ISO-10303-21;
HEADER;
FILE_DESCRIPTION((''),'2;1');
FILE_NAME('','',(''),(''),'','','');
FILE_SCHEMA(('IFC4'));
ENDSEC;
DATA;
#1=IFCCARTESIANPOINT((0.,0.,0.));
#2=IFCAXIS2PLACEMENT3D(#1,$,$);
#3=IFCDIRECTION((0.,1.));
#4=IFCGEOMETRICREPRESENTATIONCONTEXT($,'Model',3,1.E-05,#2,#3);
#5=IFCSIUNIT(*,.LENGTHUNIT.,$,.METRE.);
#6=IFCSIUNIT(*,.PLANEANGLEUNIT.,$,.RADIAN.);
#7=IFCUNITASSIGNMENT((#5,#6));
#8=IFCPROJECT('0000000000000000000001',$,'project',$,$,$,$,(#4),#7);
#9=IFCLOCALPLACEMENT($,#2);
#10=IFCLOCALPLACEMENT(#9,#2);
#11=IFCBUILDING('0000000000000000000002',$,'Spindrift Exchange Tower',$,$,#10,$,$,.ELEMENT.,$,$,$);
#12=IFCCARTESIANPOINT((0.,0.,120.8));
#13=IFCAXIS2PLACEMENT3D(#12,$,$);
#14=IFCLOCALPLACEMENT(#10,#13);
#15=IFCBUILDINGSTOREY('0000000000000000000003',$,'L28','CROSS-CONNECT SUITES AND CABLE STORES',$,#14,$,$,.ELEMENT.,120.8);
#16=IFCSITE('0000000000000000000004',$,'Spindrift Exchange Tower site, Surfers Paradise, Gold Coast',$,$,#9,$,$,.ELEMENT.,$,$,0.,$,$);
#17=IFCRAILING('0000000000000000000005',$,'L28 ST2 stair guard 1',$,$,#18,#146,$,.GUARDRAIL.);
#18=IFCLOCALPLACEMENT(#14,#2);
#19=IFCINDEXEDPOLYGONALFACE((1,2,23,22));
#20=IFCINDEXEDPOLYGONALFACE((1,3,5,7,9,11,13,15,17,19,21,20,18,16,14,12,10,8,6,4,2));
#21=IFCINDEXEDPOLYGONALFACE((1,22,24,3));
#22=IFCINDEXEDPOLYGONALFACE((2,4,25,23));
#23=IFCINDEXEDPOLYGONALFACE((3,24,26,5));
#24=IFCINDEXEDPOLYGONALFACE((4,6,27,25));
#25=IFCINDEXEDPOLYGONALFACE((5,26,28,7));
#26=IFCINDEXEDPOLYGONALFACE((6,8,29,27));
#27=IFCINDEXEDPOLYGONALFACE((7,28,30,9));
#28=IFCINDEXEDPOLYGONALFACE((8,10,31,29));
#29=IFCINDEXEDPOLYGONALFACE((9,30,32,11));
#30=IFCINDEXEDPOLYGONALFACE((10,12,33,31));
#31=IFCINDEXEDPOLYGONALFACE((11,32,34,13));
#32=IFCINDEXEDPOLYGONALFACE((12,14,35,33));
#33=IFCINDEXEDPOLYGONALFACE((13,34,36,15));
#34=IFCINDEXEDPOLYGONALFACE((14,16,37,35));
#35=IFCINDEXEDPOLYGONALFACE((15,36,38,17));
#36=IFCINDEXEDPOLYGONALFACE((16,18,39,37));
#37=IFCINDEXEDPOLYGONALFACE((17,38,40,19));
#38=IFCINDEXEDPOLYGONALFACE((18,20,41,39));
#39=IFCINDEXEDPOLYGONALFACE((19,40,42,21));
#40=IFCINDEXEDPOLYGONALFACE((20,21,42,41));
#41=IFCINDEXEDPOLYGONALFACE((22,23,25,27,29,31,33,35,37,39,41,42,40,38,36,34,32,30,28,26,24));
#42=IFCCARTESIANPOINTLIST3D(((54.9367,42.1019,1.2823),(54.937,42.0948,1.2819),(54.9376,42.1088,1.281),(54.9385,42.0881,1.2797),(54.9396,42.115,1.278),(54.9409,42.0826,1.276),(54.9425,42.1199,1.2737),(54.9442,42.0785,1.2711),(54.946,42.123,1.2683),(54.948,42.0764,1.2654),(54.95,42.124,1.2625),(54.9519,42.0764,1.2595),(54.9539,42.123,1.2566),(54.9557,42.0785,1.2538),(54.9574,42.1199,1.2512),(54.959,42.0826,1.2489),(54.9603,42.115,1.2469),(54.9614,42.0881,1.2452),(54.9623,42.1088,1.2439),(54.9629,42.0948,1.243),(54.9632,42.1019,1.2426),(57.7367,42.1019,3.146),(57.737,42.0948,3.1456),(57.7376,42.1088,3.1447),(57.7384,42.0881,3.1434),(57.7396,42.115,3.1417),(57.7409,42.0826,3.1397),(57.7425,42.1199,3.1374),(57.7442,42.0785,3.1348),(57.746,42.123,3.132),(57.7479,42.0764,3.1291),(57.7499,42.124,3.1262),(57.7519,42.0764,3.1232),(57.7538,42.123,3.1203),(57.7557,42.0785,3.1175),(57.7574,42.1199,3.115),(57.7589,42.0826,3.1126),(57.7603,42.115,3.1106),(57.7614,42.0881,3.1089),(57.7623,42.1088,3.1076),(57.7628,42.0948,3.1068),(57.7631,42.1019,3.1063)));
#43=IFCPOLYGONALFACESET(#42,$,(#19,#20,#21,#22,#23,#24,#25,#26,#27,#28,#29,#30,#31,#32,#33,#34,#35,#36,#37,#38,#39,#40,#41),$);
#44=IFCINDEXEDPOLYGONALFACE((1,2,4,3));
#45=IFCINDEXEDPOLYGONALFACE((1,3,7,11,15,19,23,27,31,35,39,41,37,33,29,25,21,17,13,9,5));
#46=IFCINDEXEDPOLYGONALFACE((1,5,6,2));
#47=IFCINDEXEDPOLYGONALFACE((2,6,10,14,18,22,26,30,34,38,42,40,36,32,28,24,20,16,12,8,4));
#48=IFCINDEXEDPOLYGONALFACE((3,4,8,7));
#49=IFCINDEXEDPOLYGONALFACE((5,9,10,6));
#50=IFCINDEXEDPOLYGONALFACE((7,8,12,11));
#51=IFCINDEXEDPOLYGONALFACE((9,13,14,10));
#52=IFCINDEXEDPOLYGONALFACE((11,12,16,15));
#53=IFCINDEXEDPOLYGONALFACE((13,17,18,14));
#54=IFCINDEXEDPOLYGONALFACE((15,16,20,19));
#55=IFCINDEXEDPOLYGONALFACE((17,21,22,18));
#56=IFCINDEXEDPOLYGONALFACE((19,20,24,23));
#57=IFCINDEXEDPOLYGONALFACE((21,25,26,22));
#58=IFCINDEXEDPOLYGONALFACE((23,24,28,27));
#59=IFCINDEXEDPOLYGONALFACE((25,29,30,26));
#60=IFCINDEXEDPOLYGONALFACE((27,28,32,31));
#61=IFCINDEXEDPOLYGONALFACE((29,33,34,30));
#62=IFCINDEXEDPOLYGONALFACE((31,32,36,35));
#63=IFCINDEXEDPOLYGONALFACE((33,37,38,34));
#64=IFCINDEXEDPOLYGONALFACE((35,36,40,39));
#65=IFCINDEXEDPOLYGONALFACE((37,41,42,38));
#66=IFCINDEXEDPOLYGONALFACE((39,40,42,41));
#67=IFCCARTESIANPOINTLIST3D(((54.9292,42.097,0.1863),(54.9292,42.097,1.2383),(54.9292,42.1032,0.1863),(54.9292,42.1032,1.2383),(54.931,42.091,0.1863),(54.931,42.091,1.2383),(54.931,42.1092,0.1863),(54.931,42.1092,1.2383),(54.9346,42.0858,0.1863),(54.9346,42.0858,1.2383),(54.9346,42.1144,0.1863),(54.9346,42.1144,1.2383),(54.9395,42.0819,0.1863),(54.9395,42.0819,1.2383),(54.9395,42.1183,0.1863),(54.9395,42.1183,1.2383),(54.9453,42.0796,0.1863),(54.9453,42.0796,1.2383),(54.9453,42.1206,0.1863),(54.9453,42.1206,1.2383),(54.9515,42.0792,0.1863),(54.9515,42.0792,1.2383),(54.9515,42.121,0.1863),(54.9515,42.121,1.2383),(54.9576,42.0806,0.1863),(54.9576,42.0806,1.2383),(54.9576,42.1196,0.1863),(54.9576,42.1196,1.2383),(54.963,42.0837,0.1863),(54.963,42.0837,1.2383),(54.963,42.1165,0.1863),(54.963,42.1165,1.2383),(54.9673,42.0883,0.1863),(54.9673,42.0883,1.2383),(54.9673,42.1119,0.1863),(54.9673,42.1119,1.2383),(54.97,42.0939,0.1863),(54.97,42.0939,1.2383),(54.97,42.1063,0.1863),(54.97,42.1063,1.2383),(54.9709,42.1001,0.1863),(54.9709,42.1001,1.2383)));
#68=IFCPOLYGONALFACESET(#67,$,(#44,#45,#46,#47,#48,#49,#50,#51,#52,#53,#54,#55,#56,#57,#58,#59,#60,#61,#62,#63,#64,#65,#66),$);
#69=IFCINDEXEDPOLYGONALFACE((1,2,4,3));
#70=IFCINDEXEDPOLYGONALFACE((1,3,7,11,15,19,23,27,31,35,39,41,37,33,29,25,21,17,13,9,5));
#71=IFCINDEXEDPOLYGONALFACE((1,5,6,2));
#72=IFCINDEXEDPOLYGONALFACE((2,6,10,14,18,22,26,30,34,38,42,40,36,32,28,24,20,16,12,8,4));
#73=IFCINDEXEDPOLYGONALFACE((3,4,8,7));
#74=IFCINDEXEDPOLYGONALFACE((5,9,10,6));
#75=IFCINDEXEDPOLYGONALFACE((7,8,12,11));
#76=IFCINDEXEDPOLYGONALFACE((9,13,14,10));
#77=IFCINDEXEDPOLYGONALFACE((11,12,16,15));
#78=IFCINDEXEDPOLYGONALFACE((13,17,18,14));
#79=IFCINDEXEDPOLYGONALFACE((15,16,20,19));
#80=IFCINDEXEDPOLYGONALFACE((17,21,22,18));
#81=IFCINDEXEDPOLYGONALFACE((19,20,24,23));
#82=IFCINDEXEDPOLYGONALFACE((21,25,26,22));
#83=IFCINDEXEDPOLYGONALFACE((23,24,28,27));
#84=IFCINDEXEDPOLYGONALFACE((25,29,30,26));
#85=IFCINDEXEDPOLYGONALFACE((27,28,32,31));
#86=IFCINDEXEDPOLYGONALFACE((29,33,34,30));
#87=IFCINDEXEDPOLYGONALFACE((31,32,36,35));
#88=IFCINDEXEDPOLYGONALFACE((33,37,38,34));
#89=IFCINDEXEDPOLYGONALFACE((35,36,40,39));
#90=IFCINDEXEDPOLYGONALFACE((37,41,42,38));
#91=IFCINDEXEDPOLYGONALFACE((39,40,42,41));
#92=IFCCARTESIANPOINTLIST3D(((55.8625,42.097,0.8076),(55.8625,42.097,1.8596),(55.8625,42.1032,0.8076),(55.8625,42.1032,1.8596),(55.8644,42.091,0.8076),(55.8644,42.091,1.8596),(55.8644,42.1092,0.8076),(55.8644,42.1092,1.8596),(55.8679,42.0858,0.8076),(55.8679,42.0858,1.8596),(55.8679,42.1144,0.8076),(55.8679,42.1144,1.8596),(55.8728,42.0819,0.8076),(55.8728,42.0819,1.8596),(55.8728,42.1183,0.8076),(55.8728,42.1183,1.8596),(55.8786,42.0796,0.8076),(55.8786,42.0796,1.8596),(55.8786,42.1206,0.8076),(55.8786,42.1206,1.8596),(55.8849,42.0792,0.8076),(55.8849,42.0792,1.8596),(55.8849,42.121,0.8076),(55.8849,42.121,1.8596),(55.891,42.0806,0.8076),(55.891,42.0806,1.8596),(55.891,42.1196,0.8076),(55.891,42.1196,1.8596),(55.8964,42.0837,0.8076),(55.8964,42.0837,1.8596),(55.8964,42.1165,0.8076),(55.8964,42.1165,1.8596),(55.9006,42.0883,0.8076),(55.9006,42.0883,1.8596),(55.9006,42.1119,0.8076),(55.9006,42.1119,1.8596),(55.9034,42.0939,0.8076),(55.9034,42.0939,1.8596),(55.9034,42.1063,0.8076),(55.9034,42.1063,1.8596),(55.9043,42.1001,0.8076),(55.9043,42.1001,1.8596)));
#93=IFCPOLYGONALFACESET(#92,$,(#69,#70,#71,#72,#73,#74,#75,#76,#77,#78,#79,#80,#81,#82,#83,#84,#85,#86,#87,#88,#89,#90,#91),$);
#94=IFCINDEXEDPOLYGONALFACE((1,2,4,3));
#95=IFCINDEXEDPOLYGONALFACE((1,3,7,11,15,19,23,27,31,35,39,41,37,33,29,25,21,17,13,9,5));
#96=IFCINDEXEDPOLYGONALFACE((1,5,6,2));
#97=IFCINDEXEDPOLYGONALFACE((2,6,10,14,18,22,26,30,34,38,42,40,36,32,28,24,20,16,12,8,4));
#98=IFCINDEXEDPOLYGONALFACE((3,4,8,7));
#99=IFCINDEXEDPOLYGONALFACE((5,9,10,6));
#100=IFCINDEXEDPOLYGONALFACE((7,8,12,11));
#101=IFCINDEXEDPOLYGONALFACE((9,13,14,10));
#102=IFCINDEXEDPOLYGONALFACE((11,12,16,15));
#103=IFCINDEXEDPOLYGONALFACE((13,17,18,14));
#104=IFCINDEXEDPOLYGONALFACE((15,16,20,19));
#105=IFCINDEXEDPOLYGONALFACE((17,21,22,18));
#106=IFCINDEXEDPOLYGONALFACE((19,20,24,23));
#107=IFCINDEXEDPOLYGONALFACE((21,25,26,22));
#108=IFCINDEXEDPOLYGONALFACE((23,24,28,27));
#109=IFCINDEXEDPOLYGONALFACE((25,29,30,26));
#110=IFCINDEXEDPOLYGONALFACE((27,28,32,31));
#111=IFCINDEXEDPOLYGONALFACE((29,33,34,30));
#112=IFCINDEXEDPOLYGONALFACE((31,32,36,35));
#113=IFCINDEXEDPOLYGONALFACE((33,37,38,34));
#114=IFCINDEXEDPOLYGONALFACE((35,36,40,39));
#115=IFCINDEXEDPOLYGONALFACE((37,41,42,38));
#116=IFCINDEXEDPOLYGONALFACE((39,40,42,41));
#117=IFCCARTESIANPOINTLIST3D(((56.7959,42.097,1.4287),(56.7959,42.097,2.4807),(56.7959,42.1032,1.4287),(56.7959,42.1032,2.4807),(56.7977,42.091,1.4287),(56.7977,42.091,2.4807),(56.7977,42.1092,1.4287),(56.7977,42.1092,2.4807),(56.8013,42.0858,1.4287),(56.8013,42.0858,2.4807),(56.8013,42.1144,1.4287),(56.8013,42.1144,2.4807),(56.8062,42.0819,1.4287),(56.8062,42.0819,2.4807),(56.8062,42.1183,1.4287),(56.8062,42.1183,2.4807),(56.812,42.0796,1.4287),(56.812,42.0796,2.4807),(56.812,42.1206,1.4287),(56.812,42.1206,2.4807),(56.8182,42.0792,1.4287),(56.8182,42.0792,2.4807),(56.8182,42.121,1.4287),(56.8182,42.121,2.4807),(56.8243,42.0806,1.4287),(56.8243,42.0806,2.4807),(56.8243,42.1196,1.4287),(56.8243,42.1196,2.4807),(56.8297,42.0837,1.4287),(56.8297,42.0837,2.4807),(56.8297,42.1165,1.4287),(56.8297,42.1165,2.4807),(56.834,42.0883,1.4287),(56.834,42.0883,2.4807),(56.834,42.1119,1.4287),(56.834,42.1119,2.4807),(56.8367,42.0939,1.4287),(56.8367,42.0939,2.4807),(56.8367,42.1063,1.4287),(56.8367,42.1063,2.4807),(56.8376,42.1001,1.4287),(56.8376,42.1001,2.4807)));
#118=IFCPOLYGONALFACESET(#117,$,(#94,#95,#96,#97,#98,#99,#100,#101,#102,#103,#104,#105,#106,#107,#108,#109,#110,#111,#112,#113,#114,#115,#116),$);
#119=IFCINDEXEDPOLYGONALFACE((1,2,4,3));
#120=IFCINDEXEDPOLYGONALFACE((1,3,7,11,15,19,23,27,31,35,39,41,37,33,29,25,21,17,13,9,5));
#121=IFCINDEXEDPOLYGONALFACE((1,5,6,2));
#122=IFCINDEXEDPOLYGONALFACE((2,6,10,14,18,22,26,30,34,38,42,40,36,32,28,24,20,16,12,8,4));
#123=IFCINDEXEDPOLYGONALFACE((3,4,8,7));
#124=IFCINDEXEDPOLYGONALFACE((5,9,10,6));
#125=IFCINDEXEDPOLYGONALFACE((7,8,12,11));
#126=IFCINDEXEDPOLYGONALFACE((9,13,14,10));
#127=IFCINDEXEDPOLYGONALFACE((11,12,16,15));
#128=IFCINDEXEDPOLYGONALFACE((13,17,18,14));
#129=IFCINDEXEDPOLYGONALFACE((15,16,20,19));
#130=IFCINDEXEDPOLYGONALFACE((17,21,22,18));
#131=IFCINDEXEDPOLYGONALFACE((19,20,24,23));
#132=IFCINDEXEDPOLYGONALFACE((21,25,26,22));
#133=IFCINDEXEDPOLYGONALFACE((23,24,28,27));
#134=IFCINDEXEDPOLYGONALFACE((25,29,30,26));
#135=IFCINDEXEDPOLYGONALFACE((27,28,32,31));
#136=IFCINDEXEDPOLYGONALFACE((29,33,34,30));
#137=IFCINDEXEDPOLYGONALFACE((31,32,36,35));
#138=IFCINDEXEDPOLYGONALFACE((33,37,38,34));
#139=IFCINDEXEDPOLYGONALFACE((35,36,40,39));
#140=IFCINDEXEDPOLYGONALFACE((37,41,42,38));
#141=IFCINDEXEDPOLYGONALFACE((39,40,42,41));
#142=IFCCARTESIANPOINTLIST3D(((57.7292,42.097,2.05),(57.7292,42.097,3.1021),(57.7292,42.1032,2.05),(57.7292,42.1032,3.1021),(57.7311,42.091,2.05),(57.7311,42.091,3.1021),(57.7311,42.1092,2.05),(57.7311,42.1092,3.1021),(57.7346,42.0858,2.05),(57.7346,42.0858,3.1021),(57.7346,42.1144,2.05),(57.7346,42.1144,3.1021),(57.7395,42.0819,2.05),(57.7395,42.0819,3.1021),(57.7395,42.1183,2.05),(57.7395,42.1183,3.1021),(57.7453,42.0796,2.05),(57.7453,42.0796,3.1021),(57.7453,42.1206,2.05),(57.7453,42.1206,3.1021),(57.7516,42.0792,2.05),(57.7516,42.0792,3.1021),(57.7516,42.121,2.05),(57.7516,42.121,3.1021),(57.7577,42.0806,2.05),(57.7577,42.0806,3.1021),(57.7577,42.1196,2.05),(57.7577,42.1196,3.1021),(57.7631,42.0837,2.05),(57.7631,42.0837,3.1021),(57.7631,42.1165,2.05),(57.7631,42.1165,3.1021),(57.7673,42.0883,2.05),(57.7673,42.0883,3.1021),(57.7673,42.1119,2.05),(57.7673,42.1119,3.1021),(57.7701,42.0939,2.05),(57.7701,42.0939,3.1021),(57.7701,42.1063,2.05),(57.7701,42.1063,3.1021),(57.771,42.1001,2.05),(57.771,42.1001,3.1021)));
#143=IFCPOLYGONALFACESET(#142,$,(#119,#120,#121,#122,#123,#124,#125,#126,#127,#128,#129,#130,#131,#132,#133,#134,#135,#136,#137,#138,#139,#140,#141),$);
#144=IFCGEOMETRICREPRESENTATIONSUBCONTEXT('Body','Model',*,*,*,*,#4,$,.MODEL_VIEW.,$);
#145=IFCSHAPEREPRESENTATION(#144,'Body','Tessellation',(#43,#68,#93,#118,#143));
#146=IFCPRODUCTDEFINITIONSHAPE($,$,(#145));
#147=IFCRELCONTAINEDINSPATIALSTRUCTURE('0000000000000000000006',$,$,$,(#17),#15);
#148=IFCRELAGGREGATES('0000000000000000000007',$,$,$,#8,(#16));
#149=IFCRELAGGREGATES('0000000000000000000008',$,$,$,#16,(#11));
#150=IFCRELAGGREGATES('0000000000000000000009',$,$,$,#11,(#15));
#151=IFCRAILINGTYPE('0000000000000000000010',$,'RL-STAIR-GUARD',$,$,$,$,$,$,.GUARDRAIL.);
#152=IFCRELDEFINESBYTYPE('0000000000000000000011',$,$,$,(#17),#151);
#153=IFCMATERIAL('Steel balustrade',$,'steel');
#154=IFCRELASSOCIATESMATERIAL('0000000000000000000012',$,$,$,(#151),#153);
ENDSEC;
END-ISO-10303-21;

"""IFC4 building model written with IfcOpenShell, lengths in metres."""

from ifc_helpers import new_model, si_unit, direction, frame, origin, origin_2d, place, context, subcontext, project, spatial, circle, extrude, material, type_object, element, save


model = new_model("IFC4")

# Units and contexts
model_context = context("Model", 3, precision=1e-05, world=origin(), true_north=direction((0.0, 1.0)))
body_context = subcontext(model_context, "Body", "Model", "MODEL_VIEW")
ifc_project = project(units=[si_unit("LENGTHUNIT", "METRE"), si_unit("PLANEANGLEUNIT", "RADIAN")], contexts=[model_context])

# Site, building, storey
site_placement = place(None, origin())
site = spatial("IfcSite", under=ifc_project, at=site_placement, Name="Spindrift Exchange Tower site, Surfers Paradise, Gold Coast", CompositionType="ELEMENT", RefElevation=0.0)
building_placement = place(site_placement, origin())
building = spatial("IfcBuilding", under=site, at=building_placement, Name="Spindrift Exchange Tower", CompositionType="ELEMENT")
storey_placement = place(building_placement, frame((0.0, 0.0, 120.8)))
storey = spatial("IfcBuildingStorey", under=building, at=storey_placement, Name="L28", Description="CROSS-CONNECT SUITES AND CABLE STORES", CompositionType="ELEMENT", Elevation=120.8)

# Railing
ifc_material_1 = material(Name="Steel balustrade", Category="steel")
railing_type_1 = type_object("IfcRailingType", Name="RL-STAIR-GUARD", PredefinedType="GUARDRAIL", material=ifc_material_1)
railing_1_placement = place(storey_placement, frame((54.95, 42.1001, 0.1863)))
element("IfcRailing", 1, at=railing_1_placement, inside=storey, type_object=railing_type_1, Name="L28 ST2 stair guard 1", PredefinedType="GUARDRAIL", context=body_context, shape_type="SweptSolid", body=[
    extrude(circle(Radius=0.0239, at=origin_2d()), frame((0.0, 0.0, 1.0762), z_axis=(0.832452, 0.0, 0.554097), x_axis=(0.0, 1.0, 0.0)), (0.0, 0.0, 1.0), 3.3635),
    extrude(circle(Radius=0.021, at=origin_2d()), origin(), (0.0, 0.0, 1.0), 1.052),
    extrude(circle(Radius=0.021, at=origin_2d()), frame((0.9333, 0.0, 0.6213)), (0.0, 0.0, 1.0), 1.052),
    extrude(circle(Radius=0.021, at=origin_2d()), frame((1.8667, 0.0, 1.2424)), (0.0, 0.0, 1.0), 1.052),
    extrude(circle(Radius=0.021, at=origin_2d()), frame((2.8, 0.0, 1.8638)), (0.0, 0.0, 1.0), 1.052),
])

save(model, "model.ifc")
